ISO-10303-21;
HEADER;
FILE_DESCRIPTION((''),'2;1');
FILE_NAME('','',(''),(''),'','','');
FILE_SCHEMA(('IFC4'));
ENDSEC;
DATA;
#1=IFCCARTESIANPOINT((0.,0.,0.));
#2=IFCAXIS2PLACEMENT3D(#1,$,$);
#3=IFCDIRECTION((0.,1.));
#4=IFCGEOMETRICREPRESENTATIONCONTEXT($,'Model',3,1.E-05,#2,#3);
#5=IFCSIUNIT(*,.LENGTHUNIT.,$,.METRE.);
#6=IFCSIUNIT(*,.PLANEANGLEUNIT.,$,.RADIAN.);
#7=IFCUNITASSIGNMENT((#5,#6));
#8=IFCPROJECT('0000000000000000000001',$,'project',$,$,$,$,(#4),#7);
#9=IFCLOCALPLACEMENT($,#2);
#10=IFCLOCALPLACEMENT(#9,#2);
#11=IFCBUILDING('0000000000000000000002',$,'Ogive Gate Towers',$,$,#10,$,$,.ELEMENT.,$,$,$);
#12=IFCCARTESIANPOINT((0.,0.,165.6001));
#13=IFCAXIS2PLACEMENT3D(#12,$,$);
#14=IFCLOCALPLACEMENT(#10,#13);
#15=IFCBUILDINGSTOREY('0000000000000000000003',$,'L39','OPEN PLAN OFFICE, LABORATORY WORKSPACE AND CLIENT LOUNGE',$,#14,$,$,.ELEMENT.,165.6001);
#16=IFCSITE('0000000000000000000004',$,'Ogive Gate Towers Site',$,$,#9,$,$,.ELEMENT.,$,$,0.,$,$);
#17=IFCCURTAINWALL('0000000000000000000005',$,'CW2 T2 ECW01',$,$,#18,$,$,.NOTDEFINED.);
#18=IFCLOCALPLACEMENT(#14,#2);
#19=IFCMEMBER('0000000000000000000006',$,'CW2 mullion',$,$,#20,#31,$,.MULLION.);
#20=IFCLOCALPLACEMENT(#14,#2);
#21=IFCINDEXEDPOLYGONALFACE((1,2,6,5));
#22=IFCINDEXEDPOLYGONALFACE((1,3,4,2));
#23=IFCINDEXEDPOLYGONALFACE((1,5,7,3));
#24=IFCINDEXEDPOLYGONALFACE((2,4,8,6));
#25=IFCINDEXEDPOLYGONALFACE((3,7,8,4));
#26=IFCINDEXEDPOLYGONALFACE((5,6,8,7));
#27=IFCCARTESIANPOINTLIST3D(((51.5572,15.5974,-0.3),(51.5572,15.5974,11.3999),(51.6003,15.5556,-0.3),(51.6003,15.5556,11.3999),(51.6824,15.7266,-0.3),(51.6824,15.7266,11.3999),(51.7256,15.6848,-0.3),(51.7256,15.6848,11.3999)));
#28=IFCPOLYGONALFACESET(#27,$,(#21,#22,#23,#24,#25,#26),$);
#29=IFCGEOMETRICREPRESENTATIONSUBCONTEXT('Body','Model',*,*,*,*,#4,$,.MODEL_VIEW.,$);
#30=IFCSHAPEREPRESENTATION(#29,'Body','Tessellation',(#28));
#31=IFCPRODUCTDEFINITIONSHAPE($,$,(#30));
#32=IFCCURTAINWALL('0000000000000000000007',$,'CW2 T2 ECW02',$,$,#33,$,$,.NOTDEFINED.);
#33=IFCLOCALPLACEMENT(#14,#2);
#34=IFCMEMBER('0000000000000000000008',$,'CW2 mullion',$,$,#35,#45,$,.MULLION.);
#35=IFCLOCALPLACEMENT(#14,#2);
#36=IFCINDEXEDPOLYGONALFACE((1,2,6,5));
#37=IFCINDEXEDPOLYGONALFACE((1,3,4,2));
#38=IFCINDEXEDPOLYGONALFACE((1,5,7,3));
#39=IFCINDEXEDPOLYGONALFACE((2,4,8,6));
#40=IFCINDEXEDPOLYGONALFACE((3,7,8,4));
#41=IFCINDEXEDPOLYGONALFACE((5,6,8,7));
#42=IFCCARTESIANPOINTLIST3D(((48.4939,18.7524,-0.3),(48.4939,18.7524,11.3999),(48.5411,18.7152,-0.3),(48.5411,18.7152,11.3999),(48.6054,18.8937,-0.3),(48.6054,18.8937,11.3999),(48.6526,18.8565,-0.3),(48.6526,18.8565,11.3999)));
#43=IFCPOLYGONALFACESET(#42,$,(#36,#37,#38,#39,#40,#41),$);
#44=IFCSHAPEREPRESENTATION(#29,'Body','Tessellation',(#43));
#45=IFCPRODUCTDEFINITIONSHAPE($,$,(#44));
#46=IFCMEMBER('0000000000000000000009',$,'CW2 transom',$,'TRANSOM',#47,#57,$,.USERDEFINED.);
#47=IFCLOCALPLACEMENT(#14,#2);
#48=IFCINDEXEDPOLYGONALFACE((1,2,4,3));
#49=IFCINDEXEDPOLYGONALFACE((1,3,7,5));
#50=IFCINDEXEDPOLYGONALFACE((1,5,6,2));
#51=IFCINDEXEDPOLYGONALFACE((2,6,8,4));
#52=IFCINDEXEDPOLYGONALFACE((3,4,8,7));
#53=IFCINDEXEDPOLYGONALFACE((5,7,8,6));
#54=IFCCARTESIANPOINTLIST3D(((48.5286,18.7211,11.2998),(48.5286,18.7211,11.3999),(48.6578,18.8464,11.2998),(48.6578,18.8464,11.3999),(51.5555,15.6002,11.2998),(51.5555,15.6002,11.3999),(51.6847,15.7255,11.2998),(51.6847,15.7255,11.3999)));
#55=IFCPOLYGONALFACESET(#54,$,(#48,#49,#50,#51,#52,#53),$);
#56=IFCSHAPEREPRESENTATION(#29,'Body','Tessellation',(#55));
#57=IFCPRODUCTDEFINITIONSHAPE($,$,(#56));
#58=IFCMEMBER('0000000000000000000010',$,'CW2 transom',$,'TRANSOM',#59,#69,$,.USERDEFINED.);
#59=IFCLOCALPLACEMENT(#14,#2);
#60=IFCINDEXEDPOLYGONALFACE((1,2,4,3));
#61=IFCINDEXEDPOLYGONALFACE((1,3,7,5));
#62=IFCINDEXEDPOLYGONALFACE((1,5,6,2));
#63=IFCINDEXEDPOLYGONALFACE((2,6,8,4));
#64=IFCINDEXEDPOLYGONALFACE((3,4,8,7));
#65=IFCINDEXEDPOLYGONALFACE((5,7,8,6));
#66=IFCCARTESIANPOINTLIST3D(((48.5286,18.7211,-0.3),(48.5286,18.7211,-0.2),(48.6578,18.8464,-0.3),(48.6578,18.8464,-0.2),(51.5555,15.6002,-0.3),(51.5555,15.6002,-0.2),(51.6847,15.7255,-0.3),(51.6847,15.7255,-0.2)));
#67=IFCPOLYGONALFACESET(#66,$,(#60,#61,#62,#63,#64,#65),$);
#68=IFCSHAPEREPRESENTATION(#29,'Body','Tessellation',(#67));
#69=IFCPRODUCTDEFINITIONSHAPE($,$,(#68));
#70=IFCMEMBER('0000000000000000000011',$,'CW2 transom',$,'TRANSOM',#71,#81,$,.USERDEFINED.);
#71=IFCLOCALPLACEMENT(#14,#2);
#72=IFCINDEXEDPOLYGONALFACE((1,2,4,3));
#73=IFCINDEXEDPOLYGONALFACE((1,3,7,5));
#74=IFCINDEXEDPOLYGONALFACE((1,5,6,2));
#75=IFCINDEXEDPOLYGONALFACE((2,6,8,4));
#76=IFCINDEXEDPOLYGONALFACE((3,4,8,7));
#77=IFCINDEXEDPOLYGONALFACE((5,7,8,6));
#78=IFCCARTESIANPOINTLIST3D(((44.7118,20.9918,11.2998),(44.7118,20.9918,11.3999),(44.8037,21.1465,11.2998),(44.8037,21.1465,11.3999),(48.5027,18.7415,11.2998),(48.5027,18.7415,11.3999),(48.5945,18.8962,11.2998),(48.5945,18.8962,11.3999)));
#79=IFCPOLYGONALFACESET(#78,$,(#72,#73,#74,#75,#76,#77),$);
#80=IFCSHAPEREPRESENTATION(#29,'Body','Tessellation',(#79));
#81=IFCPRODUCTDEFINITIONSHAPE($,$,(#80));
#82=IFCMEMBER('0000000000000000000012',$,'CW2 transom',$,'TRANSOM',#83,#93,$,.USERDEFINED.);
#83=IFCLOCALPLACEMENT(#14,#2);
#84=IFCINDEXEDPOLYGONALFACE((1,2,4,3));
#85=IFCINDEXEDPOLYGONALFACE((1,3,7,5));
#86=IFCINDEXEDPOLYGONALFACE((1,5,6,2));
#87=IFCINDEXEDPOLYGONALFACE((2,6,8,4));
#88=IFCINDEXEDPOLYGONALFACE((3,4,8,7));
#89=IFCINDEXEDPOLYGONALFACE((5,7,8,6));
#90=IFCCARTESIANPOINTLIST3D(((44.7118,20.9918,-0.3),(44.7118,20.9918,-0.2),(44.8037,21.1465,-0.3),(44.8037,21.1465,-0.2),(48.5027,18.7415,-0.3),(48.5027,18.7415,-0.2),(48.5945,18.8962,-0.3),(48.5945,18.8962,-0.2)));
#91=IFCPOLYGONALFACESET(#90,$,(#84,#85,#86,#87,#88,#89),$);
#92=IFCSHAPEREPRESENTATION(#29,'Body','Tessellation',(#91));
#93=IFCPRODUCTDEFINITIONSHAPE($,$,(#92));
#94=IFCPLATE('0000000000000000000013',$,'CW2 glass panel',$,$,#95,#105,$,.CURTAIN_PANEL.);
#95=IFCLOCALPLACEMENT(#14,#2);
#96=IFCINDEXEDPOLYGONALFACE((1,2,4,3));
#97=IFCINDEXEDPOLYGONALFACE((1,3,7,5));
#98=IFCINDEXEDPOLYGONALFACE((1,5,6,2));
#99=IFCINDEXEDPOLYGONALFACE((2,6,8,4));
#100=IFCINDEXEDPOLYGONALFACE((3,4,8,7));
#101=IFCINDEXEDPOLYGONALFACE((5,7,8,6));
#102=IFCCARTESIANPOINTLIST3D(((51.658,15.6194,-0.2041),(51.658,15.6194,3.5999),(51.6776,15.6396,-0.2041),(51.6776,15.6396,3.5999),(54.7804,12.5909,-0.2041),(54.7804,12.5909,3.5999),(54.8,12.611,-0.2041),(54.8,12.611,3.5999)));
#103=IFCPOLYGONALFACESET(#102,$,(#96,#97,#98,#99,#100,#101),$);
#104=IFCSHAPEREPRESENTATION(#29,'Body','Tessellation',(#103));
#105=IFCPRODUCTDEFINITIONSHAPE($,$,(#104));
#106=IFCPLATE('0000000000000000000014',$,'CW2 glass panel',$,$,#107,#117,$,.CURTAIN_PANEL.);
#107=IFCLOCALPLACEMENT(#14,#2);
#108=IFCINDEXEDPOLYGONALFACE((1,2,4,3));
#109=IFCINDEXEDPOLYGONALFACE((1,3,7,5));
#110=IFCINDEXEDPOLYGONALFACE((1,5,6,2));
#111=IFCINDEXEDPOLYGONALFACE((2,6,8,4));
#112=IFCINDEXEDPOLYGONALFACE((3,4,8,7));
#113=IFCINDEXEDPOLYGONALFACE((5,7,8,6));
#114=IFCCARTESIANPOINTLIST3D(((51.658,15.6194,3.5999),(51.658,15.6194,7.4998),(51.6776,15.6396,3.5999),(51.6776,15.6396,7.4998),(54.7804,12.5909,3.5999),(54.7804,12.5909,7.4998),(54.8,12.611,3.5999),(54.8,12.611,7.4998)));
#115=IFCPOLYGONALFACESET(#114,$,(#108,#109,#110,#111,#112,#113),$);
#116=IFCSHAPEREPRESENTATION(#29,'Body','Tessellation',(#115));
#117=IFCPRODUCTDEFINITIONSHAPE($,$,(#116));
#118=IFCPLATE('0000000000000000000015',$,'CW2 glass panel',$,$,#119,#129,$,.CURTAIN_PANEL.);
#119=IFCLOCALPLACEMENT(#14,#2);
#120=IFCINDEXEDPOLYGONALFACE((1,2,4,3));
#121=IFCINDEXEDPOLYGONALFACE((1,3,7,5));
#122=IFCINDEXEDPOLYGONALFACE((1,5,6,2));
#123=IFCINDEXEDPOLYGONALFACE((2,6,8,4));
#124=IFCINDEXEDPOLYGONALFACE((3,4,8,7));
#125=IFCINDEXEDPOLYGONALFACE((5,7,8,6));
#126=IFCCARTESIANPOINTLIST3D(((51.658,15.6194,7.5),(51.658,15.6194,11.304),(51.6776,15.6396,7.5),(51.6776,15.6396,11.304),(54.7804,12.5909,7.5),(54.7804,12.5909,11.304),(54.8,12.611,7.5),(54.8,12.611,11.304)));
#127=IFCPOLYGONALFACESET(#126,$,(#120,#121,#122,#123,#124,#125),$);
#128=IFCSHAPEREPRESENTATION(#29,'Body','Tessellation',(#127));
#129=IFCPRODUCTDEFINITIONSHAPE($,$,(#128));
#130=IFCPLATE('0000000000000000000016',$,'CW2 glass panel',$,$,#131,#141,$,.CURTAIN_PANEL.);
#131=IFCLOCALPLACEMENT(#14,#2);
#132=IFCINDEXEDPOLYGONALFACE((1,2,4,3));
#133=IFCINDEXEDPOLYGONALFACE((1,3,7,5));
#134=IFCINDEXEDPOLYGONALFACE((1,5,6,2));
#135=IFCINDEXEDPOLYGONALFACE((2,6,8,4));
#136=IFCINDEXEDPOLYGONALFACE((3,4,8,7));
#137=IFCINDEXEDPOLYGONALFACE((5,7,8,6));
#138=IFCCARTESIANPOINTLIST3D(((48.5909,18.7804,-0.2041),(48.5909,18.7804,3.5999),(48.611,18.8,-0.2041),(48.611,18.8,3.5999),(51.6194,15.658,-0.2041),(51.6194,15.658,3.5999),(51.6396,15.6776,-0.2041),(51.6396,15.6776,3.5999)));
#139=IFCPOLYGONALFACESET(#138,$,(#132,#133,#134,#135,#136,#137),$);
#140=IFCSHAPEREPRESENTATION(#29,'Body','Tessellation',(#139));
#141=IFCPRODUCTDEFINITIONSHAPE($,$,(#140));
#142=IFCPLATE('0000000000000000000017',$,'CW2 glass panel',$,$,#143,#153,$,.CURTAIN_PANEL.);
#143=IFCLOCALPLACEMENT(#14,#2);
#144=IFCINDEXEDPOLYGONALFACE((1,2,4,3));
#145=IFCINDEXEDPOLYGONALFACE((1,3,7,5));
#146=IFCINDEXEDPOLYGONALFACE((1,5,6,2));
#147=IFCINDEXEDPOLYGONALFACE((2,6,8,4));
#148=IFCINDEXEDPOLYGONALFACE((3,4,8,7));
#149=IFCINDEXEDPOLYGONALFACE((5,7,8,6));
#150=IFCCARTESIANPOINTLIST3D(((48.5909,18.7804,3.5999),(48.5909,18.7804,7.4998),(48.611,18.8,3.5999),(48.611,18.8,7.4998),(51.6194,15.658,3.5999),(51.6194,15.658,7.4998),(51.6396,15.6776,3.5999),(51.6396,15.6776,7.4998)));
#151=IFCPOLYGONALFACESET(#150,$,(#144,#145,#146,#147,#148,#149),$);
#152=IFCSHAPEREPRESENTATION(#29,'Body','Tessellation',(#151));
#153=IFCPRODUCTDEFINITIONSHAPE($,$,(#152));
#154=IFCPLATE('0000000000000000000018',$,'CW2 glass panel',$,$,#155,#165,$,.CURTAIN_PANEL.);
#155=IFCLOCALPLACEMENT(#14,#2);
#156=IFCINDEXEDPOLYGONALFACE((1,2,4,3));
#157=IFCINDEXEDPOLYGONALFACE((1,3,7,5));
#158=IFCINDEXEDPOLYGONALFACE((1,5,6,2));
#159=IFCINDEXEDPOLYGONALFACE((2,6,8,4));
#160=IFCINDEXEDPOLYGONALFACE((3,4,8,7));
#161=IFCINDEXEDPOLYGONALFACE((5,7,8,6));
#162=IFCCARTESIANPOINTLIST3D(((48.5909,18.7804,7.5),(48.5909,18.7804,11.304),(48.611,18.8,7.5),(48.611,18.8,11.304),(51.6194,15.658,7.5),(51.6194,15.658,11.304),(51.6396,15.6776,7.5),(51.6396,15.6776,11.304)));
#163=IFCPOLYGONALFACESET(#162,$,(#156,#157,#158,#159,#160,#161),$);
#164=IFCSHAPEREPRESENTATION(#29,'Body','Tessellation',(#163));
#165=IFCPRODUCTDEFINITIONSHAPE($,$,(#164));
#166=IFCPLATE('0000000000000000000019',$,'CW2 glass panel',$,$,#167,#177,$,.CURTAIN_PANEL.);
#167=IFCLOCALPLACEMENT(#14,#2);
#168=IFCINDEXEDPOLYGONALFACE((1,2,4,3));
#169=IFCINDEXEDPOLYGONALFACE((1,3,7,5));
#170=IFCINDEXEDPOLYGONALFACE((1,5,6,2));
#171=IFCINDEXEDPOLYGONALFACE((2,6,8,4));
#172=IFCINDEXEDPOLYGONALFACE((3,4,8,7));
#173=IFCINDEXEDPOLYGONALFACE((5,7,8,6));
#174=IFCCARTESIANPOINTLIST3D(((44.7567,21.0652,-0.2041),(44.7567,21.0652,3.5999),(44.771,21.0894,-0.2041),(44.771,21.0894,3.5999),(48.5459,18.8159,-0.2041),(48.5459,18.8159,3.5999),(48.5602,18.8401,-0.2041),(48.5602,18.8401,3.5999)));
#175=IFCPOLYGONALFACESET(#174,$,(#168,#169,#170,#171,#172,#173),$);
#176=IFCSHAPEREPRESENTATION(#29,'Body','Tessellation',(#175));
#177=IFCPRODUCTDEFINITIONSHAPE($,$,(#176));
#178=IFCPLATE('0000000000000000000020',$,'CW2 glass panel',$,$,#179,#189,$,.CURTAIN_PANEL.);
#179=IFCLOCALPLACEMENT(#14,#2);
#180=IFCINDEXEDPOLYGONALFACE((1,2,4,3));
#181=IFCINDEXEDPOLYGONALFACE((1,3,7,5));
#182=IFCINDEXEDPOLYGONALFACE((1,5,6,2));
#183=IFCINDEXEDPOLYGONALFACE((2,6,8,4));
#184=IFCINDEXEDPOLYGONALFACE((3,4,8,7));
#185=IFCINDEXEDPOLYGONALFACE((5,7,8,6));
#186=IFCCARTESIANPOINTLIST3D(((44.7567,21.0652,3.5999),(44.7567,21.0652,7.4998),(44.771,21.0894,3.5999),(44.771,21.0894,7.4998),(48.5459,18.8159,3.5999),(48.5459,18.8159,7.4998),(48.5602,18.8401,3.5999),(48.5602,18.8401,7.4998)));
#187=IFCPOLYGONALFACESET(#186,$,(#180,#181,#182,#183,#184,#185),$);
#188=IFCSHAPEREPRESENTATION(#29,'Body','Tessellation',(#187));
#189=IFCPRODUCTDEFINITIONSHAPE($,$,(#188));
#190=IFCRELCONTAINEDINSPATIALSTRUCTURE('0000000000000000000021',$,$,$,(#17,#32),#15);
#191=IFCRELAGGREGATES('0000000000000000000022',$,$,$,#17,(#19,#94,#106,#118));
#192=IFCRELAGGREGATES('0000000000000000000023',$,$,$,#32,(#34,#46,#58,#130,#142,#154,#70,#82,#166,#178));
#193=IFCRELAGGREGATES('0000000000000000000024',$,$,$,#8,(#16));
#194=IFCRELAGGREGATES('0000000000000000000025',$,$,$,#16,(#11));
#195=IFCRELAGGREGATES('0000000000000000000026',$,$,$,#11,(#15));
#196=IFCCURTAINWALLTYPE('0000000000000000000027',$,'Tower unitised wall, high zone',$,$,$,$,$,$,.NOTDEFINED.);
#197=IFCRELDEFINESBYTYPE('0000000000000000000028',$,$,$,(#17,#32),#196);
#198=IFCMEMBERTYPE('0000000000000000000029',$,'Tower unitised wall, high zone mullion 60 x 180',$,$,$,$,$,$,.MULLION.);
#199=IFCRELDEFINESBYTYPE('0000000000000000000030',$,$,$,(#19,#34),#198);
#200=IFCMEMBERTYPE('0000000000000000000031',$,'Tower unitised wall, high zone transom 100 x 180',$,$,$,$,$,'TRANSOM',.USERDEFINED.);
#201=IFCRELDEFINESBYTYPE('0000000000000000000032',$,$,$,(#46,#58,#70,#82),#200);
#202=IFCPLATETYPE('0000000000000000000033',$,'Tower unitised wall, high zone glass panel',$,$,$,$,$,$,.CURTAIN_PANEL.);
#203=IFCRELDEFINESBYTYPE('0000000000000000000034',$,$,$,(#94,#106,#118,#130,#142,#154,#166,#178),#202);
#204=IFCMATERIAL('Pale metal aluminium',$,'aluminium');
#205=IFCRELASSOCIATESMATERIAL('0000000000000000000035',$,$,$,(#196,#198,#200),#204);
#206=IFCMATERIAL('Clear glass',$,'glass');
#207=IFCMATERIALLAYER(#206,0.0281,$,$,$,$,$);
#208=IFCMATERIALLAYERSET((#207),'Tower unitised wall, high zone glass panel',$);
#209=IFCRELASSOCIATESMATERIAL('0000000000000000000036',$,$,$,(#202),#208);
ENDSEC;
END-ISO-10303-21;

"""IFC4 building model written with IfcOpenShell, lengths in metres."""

from ifc_helpers import new_model, si_unit, direction, frame, origin, origin_2d, place, context, subcontext, project, spatial, rectangle, extrude, material, layer, layer_set, material_profile, profile_set, type_object, element, aggregate, save


model = new_model("IFC4")

# Units and contexts
model_context = context("Model", 3, precision=1e-05, world=origin(), true_north=direction((0.0, 1.0)))
body_context = subcontext(model_context, "Body", "Model", "MODEL_VIEW")
ifc_project = project(units=[si_unit("LENGTHUNIT", "METRE"), si_unit("PLANEANGLEUNIT", "RADIAN")], contexts=[model_context])

# Site, building, storey
site_placement = place(None, origin())
site = spatial("IfcSite", under=ifc_project, at=site_placement, Name="Ogive Gate Towers Site", CompositionType="ELEMENT", RefElevation=0.0)
building_placement = place(site_placement, origin())
building = spatial("IfcBuilding", under=site, at=building_placement, Name="Ogive Gate Towers", CompositionType="ELEMENT")
storey_placement = place(building_placement, frame((0.0, 0.0, 165.6001)))
storey = spatial("IfcBuildingStorey", under=building, at=storey_placement, Name="L39", Description="OPEN PLAN OFFICE, LABORATORY WORKSPACE AND CLIENT LOUNGE", CompositionType="ELEMENT", Elevation=165.6001)

# Curtain wall, member
ifc_material_1 = material(Name="Pale metal aluminium", Category="aluminium")
curtain_wall_type = type_object("IfcCurtainWallType", Name="Tower unitised wall, high zone", PredefinedType="NOTDEFINED", material=ifc_material_1)
curtain_wall_1_placement = place(storey_placement, origin())
curtain_wall_1 = element("IfcCurtainWall", 1, at=curtain_wall_1_placement, inside=storey, type_object=curtain_wall_type, Name="CW2 T2 ECW01", PredefinedType="NOTDEFINED")
ifc_material_profile_1 = material_profile(ifc_material_1, rectangle(XDim=0.1799, YDim=0.0601, at=origin_2d()), Name="60 x 180 aluminium box")
ifc_profile_set_1 = profile_set([ifc_material_profile_1], Name="Pale metal aluminium")
member_type_1 = type_object("IfcMemberType", Name="Tower unitised wall, high zone mullion 60 x 180", PredefinedType="MULLION", material=ifc_profile_set_1)
member_1_placement = place(storey_placement, frame((51.6414, 15.6411, -0.3), z_axis=(0.0, 0.0, 1.0), x_axis=(0.696239, 0.71781, 0.0)))
member_1 = element("IfcMember", 2, at=member_1_placement, type_object=member_type_1, Name="CW2 mullion", PredefinedType="MULLION", context=body_context, shape_type="SweptSolid", body=[
    extrude(rectangle(XDim=0.1799, YDim=0.0601, at=origin_2d()), origin(), (0.0, 0.0, 1.0), 11.7),
])

# Curtain wall, members
curtain_wall_2_placement = place(storey_placement, origin())
curtain_wall_2 = element("IfcCurtainWall", 3, at=curtain_wall_2_placement, inside=storey, type_object=curtain_wall_type, Name="CW2 T2 ECW02", PredefinedType="NOTDEFINED")
member_2_placement = place(storey_placement, frame((48.5732, 18.8044, -0.3), z_axis=(0.0, 0.0, 1.0), x_axis=(0.61956, 0.784949, 0.0)))
member_2 = element("IfcMember", 4, at=member_2_placement, type_object=member_type_1, Name="CW2 mullion", PredefinedType="MULLION", context=body_context, shape_type="SweptSolid", body=[
    extrude(rectangle(XDim=0.1799, YDim=0.0601, at=origin_2d()), origin(), (0.0, 0.0, 1.0), 11.7),
])
ifc_material_profile_2 = material_profile(ifc_material_1, rectangle(XDim=0.1799, YDim=0.1001, at=origin_2d()), Name="100 x 180 aluminium box")
ifc_profile_set_2 = profile_set([ifc_material_profile_2], Name="Pale metal aluminium")
member_type_2 = type_object("IfcMemberType", Name="Tower unitised wall, high zone transom 100 x 180", ElementType="TRANSOM", PredefinedType="USERDEFINED", material=ifc_profile_set_2)
member_3_placement = place(storey_placement, frame((51.6201, 15.6628, 11.3499), z_axis=(-0.696214, 0.717834, 0.0), x_axis=(-0.717834, -0.696214, 0.0)))
member_3 = element("IfcMember", 5, at=member_3_placement, type_object=member_type_2, Name="CW2 transom", ObjectType="TRANSOM", PredefinedType="USERDEFINED", context=body_context, shape_type="SweptSolid", body=[
    extrude(rectangle(XDim=0.1799, YDim=0.1001, at=origin_2d()), origin(), (0.0, 0.0, 1.0), 4.3477),
])
member_4_placement = place(storey_placement, frame((51.6201, 15.6628, -0.25), z_axis=(-0.696214, 0.717834, 0.0), x_axis=(-0.717834, -0.696214, 0.0)))
member_4 = element("IfcMember", 6, at=member_4_placement, type_object=member_type_2, Name="CW2 transom", ObjectType="TRANSOM", PredefinedType="USERDEFINED", context=body_context, shape_type="SweptSolid", body=[
    extrude(rectangle(XDim=0.1799, YDim=0.1001, at=origin_2d()), origin(), (0.0, 0.0, 1.0), 4.3477),
])
member_5_placement = place(storey_placement, frame((48.5486, 18.8188, 11.3499), z_axis=(-0.859907, 0.51045, 0.0), x_axis=(-0.51045, -0.859907, 0.0)))
member_5 = element("IfcMember", 7, at=member_5_placement, type_object=member_type_2, Name="CW2 transom", ObjectType="TRANSOM", PredefinedType="USERDEFINED", context=body_context, shape_type="SweptSolid", body=[
    extrude(rectangle(XDim=0.1799, YDim=0.1001, at=origin_2d()), origin(), (0.0, 0.0, 1.0), 4.4084),
])
member_6_placement = place(storey_placement, frame((48.5486, 18.8188, -0.25), z_axis=(-0.859907, 0.51045, 0.0), x_axis=(-0.51045, -0.859907, 0.0)))
member_6 = element("IfcMember", 8, at=member_6_placement, type_object=member_type_2, Name="CW2 transom", ObjectType="TRANSOM", PredefinedType="USERDEFINED", context=body_context, shape_type="SweptSolid", body=[
    extrude(rectangle(XDim=0.1799, YDim=0.1001, at=origin_2d()), origin(), (0.0, 0.0, 1.0), 4.4084),
])

# Plates
ifc_material_2 = material(Name="Clear glass", Category="glass")
ifc_layer = layer(ifc_material_2, 0.0281)
ifc_layer_set = layer_set([ifc_layer], Name="Tower unitised wall, high zone glass panel")
plate_type = type_object("IfcPlateType", Name="Tower unitised wall, high zone glass panel", PredefinedType="CURTAIN_PANEL", material=ifc_layer_set)
plate_1_placement = place(storey_placement, frame((53.229, 14.1152, -0.2041), z_axis=(0.0, 0.0, 1.0), x_axis=(-0.71781, 0.696239, 0.0)))
plate_1 = element("IfcPlate", 9, at=plate_1_placement, type_object=plate_type, Name="CW2 glass panel", PredefinedType="CURTAIN_PANEL", context=body_context, shape_type="SweptSolid", body=[
    extrude(rectangle(XDim=4.3499, YDim=0.0281, at=origin_2d()), origin(), (0.0, 0.0, 1.0), 3.804),
])
plate_2_placement = place(storey_placement, frame((53.229, 14.1152, 3.5999), z_axis=(0.0, 0.0, 1.0), x_axis=(-0.71781, 0.696239, 0.0)))
plate_2 = element("IfcPlate", 10, at=plate_2_placement, type_object=plate_type, Name="CW2 glass panel", PredefinedType="CURTAIN_PANEL", context=body_context, shape_type="SweptSolid", body=[
    extrude(rectangle(XDim=4.3499, YDim=0.0281, at=origin_2d()), origin(), (0.0, 0.0, 1.0), 3.8999),
])
plate_3_placement = place(storey_placement, frame((53.229, 14.1152, 7.5), z_axis=(0.0, 0.0, 1.0), x_axis=(-0.71781, 0.696239, 0.0)))
plate_3 = element("IfcPlate", 11, at=plate_3_placement, type_object=plate_type, Name="CW2 glass panel", PredefinedType="CURTAIN_PANEL", context=body_context, shape_type="SweptSolid", body=[
    extrude(rectangle(XDim=4.3499, YDim=0.0281, at=origin_2d()), origin(), (0.0, 0.0, 1.0), 3.804),
])
aggregate(curtain_wall_1, [member_1, plate_1, plate_2, plate_3])
plate_4_placement = place(storey_placement, frame((50.1152, 17.229, -0.2041), z_axis=(0.0, 0.0, 1.0), x_axis=(-0.696239, 0.71781, 0.0)))
plate_4 = element("IfcPlate", 12, at=plate_4_placement, type_object=plate_type, Name="CW2 glass panel", PredefinedType="CURTAIN_PANEL", context=body_context, shape_type="SweptSolid", body=[
    extrude(rectangle(XDim=4.3499, YDim=0.0281, at=origin_2d()), origin(), (0.0, 0.0, 1.0), 3.804),
])
plate_5_placement = place(storey_placement, frame((50.1152, 17.229, 3.5999), z_axis=(0.0, 0.0, 1.0), x_axis=(-0.696239, 0.71781, 0.0)))
plate_5 = element("IfcPlate", 13, at=plate_5_placement, type_object=plate_type, Name="CW2 glass panel", PredefinedType="CURTAIN_PANEL", context=body_context, shape_type="SweptSolid", body=[
    extrude(rectangle(XDim=4.3499, YDim=0.0281, at=origin_2d()), origin(), (0.0, 0.0, 1.0), 3.8999),
])
plate_6_placement = place(storey_placement, frame((50.1152, 17.229, 7.5), z_axis=(0.0, 0.0, 1.0), x_axis=(-0.696239, 0.71781, 0.0)))
plate_6 = element("IfcPlate", 14, at=plate_6_placement, type_object=plate_type, Name="CW2 glass panel", PredefinedType="CURTAIN_PANEL", context=body_context, shape_type="SweptSolid", body=[
    extrude(rectangle(XDim=4.3499, YDim=0.0281, at=origin_2d()), origin(), (0.0, 0.0, 1.0), 3.804),
])
plate_7_placement = place(storey_placement, frame((46.6584, 19.9526, -0.2041), z_axis=(0.0, 0.0, 1.0), x_axis=(-0.859906, 0.510453, 0.0)))
plate_7 = element("IfcPlate", 15, at=plate_7_placement, type_object=plate_type, Name="CW2 glass panel", PredefinedType="CURTAIN_PANEL", context=body_context, shape_type="SweptSolid", body=[
    extrude(rectangle(XDim=4.4065, YDim=0.0281, at=origin_2d()), origin(), (0.0, 0.0, 1.0), 3.804),
])
plate_8_placement = place(storey_placement, frame((46.6584, 19.9526, 3.5999), z_axis=(0.0, 0.0, 1.0), x_axis=(-0.859906, 0.510453, 0.0)))
plate_8 = element("IfcPlate", 16, at=plate_8_placement, type_object=plate_type, Name="CW2 glass panel", PredefinedType="CURTAIN_PANEL", context=body_context, shape_type="SweptSolid", body=[
    extrude(rectangle(XDim=4.4065, YDim=0.0281, at=origin_2d()), origin(), (0.0, 0.0, 1.0), 3.8999),
])
aggregate(curtain_wall_2, [member_2, member_3, member_4, plate_4, plate_5, plate_6, member_5, member_6, plate_7, plate_8])

save(model, "model.ifc")
